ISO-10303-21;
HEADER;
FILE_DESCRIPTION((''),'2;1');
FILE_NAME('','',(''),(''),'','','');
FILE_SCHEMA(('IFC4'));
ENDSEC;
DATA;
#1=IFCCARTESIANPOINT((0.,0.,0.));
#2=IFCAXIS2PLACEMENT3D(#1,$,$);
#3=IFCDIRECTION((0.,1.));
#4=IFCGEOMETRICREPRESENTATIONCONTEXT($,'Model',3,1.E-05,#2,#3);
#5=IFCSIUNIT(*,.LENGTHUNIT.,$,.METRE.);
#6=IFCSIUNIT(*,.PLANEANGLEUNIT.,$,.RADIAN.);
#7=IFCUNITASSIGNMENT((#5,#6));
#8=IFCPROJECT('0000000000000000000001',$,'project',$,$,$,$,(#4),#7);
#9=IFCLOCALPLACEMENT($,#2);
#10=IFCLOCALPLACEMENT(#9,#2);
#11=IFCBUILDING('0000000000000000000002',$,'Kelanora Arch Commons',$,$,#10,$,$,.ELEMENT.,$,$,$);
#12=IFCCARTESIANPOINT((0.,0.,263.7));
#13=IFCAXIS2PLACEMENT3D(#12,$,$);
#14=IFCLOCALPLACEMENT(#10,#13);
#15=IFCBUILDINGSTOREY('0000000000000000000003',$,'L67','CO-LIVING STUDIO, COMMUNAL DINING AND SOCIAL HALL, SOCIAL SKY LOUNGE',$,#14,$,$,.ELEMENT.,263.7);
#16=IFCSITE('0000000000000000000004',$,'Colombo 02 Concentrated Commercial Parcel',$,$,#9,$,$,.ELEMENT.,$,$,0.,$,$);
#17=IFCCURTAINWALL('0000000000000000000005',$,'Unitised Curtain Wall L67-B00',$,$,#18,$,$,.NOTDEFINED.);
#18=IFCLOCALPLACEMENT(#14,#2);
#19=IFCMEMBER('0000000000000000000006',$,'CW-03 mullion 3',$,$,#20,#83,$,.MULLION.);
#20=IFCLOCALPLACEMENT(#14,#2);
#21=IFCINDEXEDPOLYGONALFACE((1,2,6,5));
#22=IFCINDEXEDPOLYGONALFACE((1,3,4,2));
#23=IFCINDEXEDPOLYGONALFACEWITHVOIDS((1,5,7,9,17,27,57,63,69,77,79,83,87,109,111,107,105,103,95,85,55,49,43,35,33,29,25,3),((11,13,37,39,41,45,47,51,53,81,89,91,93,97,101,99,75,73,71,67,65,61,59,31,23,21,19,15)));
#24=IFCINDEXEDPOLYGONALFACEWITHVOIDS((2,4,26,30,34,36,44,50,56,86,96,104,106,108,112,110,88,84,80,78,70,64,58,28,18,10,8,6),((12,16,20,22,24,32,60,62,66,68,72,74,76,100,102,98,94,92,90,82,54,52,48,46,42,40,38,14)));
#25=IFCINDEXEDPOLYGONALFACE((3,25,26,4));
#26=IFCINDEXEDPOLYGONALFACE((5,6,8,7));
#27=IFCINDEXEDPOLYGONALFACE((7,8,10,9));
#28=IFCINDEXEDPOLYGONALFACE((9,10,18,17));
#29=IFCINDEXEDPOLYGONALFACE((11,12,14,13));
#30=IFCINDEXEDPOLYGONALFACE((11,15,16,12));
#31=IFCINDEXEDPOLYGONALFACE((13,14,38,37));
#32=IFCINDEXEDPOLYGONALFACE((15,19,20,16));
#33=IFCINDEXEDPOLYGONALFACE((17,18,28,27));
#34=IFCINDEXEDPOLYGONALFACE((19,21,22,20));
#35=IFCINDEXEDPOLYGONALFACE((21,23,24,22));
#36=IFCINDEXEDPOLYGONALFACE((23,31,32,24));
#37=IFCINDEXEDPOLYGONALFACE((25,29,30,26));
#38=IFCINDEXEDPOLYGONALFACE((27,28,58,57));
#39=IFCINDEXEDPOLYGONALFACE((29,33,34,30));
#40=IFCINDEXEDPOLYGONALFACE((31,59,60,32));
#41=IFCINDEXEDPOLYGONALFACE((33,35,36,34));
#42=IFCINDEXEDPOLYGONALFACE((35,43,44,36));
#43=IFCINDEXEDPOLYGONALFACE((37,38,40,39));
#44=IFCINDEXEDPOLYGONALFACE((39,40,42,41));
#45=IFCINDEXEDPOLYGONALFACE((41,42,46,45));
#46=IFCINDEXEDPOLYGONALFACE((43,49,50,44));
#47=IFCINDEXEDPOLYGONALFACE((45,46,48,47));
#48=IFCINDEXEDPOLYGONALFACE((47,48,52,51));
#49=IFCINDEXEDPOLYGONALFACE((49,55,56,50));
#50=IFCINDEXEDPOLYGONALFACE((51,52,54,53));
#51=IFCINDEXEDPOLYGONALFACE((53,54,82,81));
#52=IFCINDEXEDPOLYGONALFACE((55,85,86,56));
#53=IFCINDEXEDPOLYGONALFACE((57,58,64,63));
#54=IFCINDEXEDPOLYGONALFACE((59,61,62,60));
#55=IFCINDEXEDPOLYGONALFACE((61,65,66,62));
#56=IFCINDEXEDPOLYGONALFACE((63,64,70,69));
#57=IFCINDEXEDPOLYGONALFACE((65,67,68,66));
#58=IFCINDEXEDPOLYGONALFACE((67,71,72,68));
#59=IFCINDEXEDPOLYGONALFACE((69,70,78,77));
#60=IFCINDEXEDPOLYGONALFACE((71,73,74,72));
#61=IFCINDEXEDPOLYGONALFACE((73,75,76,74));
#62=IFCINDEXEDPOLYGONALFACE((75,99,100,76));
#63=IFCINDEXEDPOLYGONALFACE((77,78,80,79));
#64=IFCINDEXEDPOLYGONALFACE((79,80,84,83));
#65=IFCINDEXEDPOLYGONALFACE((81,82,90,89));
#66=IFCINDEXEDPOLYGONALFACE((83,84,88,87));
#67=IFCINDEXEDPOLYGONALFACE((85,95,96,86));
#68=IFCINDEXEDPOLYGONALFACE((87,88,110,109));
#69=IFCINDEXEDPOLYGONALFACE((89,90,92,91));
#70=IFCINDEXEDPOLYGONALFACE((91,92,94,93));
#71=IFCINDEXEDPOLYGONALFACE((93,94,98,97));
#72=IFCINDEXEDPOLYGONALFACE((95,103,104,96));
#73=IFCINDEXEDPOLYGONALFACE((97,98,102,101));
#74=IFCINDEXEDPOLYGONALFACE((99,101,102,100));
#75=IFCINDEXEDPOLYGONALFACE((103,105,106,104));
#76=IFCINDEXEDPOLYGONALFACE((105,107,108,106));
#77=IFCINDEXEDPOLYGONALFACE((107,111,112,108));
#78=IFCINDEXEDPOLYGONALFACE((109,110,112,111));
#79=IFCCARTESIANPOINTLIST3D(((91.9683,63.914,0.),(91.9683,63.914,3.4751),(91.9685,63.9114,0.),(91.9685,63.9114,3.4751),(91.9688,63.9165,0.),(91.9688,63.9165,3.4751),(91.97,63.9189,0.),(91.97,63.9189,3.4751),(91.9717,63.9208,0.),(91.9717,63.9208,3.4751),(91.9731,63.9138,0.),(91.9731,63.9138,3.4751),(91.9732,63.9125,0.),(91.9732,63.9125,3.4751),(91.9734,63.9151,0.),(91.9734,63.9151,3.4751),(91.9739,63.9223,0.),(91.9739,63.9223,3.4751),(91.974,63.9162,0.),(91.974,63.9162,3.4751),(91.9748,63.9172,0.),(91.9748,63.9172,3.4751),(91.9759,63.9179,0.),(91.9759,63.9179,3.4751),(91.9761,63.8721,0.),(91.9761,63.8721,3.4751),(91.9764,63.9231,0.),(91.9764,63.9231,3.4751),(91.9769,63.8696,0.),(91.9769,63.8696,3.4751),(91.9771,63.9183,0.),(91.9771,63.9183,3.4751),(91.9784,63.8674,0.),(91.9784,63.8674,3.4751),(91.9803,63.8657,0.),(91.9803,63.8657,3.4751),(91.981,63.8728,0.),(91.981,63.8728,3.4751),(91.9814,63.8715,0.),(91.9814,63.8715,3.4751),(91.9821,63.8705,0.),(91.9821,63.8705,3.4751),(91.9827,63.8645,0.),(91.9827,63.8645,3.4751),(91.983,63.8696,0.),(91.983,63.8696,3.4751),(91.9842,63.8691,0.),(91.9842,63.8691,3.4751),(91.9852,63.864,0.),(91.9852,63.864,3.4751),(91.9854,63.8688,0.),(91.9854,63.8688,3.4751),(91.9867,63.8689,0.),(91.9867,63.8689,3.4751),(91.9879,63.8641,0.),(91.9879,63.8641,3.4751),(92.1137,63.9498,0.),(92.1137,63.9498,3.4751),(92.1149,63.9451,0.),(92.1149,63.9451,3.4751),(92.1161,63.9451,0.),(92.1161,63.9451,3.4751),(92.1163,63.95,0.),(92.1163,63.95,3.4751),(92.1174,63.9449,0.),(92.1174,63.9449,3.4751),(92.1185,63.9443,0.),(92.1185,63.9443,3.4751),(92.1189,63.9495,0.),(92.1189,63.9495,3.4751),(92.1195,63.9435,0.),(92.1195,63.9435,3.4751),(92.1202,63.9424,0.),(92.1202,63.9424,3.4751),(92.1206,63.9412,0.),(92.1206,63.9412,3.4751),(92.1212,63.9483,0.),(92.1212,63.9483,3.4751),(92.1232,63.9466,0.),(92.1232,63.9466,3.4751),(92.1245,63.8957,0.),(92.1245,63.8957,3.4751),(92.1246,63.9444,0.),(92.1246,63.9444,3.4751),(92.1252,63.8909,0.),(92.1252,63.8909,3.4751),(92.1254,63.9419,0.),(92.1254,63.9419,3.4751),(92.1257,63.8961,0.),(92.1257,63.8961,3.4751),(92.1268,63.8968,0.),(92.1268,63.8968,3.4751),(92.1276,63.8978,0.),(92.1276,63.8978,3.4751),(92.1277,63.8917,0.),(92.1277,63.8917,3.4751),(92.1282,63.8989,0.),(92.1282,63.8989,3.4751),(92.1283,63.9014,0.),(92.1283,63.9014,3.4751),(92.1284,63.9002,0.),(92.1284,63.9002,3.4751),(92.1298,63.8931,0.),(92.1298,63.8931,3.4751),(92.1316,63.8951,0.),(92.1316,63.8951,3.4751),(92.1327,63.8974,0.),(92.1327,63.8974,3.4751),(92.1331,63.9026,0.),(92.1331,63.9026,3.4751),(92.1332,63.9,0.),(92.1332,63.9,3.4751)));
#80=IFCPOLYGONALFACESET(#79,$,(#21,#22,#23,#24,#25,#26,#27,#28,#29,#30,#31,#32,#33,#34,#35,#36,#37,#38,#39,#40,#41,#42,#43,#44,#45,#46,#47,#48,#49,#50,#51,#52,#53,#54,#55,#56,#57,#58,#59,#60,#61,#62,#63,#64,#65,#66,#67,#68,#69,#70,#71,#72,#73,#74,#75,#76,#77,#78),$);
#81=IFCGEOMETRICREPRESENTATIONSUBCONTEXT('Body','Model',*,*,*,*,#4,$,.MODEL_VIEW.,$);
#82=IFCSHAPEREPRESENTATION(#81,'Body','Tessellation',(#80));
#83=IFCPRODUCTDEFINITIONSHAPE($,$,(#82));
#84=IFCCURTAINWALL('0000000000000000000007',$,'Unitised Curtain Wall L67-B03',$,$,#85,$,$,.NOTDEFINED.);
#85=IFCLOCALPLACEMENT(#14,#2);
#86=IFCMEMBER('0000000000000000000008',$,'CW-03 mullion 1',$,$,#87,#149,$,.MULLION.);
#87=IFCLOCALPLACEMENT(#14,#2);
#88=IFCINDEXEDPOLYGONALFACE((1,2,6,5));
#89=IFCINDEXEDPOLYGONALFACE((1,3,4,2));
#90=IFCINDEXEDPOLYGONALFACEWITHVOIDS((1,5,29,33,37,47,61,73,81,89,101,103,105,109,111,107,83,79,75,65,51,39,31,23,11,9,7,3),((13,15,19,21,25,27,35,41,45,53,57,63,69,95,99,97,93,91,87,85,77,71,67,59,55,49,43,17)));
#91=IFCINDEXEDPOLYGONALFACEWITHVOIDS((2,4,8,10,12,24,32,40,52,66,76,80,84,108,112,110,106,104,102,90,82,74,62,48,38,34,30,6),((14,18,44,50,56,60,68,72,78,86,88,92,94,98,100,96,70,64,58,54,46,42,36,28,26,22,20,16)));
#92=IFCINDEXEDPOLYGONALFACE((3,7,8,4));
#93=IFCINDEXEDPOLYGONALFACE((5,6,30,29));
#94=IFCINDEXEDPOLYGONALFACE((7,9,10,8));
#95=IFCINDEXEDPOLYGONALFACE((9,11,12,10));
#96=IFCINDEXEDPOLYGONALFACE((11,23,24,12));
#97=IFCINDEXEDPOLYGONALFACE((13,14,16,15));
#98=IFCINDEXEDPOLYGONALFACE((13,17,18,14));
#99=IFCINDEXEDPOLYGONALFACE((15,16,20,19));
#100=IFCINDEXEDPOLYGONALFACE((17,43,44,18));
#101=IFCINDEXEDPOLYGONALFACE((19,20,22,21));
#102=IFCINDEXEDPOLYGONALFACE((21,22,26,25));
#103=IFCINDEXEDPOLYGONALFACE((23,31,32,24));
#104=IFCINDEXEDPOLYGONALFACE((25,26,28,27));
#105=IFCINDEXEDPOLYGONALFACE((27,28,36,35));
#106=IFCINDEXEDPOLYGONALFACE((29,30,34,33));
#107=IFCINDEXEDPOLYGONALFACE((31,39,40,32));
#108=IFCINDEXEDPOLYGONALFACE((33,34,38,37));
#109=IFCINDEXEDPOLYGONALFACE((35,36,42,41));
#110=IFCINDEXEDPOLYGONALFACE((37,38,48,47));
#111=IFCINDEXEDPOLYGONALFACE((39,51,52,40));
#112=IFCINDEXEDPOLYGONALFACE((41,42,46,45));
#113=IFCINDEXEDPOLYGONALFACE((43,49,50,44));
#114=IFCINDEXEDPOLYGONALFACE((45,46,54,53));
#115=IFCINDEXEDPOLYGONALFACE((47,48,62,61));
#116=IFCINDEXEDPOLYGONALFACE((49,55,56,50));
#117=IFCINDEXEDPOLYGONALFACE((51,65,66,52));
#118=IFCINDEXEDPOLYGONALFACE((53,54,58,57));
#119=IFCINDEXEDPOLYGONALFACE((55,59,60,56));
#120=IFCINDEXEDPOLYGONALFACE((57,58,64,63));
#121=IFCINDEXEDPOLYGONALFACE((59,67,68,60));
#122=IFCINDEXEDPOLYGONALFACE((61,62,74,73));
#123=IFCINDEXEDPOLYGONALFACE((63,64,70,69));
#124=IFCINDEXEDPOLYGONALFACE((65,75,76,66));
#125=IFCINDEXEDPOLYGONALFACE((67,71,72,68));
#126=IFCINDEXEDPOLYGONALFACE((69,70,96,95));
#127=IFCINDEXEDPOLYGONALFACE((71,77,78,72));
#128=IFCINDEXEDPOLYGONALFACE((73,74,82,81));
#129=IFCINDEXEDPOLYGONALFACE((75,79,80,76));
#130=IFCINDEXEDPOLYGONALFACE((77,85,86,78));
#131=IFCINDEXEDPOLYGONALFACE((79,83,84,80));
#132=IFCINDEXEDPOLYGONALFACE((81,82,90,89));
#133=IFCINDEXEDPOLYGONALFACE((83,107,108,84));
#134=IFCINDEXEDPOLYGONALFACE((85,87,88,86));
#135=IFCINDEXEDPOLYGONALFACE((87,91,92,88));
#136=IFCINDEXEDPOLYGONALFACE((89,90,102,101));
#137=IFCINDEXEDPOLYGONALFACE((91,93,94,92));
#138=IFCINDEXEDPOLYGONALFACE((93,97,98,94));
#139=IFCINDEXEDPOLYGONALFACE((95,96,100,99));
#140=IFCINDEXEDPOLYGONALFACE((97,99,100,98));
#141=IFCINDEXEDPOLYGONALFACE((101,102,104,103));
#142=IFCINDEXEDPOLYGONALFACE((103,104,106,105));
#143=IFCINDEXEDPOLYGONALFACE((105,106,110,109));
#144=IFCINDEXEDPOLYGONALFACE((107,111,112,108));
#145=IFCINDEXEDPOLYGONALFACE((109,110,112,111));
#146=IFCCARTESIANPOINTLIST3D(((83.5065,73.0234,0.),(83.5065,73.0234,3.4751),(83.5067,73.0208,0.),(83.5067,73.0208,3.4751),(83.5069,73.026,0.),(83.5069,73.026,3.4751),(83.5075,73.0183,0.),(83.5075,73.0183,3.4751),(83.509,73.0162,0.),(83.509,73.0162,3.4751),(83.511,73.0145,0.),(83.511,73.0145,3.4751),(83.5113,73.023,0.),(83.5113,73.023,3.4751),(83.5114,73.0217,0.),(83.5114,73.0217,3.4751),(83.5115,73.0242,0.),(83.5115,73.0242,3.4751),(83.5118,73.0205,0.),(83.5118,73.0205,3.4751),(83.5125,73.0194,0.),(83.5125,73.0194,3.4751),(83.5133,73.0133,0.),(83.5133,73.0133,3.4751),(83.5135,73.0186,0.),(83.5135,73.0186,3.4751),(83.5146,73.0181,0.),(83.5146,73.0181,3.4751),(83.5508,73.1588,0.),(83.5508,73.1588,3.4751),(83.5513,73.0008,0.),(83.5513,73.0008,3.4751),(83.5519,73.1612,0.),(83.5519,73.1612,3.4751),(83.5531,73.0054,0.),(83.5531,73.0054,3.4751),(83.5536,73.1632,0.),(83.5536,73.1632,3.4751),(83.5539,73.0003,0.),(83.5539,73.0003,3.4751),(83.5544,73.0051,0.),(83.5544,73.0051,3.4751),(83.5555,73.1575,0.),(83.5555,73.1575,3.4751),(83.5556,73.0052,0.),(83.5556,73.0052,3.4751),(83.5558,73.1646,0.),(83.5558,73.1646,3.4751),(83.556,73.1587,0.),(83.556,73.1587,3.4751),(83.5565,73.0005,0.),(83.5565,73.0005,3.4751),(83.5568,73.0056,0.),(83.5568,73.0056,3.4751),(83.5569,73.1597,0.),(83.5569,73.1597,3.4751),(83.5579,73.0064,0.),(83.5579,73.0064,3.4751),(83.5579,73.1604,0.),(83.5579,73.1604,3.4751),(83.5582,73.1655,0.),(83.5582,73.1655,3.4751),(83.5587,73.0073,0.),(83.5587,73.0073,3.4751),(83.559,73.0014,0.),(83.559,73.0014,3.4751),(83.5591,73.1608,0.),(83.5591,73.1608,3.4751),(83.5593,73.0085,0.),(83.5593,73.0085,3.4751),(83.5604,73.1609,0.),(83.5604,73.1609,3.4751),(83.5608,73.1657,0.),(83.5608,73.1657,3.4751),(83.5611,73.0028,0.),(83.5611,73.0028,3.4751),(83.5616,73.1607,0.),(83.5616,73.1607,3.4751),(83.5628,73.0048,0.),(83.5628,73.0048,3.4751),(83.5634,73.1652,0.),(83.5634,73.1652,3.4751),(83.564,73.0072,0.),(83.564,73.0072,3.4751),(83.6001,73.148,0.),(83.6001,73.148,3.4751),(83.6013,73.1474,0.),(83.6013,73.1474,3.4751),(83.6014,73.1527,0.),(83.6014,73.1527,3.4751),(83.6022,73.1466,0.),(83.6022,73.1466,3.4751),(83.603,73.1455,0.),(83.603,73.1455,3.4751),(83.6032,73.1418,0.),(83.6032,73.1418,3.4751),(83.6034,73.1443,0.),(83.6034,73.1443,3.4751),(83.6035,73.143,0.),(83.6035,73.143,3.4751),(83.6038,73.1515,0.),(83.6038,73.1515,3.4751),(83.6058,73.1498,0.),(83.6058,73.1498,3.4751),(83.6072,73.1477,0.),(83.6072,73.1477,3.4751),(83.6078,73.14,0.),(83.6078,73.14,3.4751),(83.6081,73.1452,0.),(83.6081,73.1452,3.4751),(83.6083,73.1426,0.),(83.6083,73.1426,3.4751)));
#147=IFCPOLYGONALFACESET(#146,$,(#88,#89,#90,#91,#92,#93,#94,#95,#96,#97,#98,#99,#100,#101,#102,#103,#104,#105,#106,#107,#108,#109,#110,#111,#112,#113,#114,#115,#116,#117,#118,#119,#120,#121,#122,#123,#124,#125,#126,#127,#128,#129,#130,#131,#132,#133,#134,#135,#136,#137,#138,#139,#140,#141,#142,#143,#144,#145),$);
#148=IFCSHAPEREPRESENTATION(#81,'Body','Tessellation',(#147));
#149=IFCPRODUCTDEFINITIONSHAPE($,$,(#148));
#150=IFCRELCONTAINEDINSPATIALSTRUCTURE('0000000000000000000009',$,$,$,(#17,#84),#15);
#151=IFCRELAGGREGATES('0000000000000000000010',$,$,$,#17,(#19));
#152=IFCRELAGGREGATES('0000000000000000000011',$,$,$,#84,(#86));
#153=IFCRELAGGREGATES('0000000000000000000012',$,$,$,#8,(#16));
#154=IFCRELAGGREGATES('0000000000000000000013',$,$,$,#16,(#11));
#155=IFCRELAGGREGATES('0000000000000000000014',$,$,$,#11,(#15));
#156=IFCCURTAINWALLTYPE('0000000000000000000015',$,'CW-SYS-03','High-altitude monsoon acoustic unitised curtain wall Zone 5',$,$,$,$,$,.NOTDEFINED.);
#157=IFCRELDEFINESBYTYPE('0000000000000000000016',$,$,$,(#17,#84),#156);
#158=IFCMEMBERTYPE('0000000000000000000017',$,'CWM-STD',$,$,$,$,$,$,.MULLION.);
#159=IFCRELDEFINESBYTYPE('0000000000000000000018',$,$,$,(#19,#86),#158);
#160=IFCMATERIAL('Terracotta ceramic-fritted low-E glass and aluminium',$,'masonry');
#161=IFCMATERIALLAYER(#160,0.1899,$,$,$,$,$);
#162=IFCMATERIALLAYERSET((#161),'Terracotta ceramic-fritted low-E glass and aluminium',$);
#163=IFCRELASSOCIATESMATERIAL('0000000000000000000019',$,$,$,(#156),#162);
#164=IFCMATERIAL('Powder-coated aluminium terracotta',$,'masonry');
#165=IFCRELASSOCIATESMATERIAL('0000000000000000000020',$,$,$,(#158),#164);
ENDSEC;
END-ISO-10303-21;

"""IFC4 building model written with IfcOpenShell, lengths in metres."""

from ifc_helpers import new_model, si_unit, direction, frame, origin, origin_2d, place, context, subcontext, project, spatial, hollow_rectangle, extrude, material, layer, layer_set, material_profile, profile_set, type_object, element, aggregate, save


model = new_model("IFC4")

# Units and contexts
model_context = context("Model", 3, precision=1e-05, world=origin(), true_north=direction((0.0, 1.0)))
body_context = subcontext(model_context, "Body", "Model", "MODEL_VIEW")
ifc_project = project(units=[si_unit("LENGTHUNIT", "METRE"), si_unit("PLANEANGLEUNIT", "RADIAN")], contexts=[model_context])

# Site, building, storey
site_placement = place(None, origin())
site = spatial("IfcSite", under=ifc_project, at=site_placement, Name="Colombo 02 Concentrated Commercial Parcel", CompositionType="ELEMENT", RefElevation=0.0)
building_placement = place(site_placement, origin())
building = spatial("IfcBuilding", under=site, at=building_placement, Name="Kelanora Arch Commons", CompositionType="ELEMENT")
storey_placement = place(building_placement, frame((0.0, 0.0, 263.7)))
storey = spatial("IfcBuildingStorey", under=building, at=storey_placement, Name="L67", Description="CO-LIVING STUDIO, COMMUNAL DINING AND SOCIAL HALL, SOCIAL SKY LOUNGE", CompositionType="ELEMENT", Elevation=263.7)

# Curtain wall, member
ifc_material_1 = material(Name="Terracotta ceramic-fritted low-E glass and aluminium", Category="masonry")
ifc_layer_1 = layer(ifc_material_1, 0.1899)
ifc_layer_set_1 = layer_set([ifc_layer_1], Name="Terracotta ceramic-fritted low-E glass and aluminium")
curtain_wall_type = type_object("IfcCurtainWallType", Name="CW-SYS-03", Description="High-altitude monsoon acoustic unitised curtain wall Zone 5", PredefinedType="NOTDEFINED", material=ifc_layer_set_1)
curtain_wall_1_placement = place(storey_placement, origin())
curtain_wall_1 = element("IfcCurtainWall", 1, at=curtain_wall_1_placement, inside=storey, type_object=curtain_wall_type, Name="Unitised Curtain Wall L67-B00", PredefinedType="NOTDEFINED")
ifc_material_2 = material(Name="Powder-coated aluminium terracotta", Category="masonry")
ifc_material_profile_1 = material_profile(ifc_material_2, hollow_rectangle(XDim=0.1599, YDim=0.0601, WallThickness=0.0049, InnerFilletRadius=0.0049, OuterFilletRadius=0.01, at=origin_2d()), Name="CWM160x60")
ifc_profile_set_1 = profile_set([ifc_material_profile_1], Name="Powder-coated aluminium terracotta")
member_type_1 = type_object("IfcMemberType", Name="CWM-STD", PredefinedType="MULLION", material=ifc_profile_set_1)
member_1_placement = place(storey_placement, frame((92.0508, 63.907, 0.0), z_axis=(0.0, 0.0, 1.0), x_axis=(-0.981596, -0.190972, 0.0)))
member_1 = element("IfcMember", 2, at=member_1_placement, type_object=member_type_1, Name="CW-03 mullion 3", PredefinedType="MULLION", context=body_context, shape_type="SweptSolid", body=[
    extrude(hollow_rectangle(XDim=0.1599, YDim=0.0601, WallThickness=0.0049, InnerFilletRadius=0.0049, OuterFilletRadius=0.01, at=origin_2d()), origin(), (0.0, 0.0, 1.0), 3.4751),
])
aggregate(curtain_wall_1, [member_1])

# Curtain wall, member
curtain_wall_2_placement = place(storey_placement, origin())
curtain_wall_2 = element("IfcCurtainWall", 3, at=curtain_wall_2_placement, inside=storey, type_object=curtain_wall_type, Name="Unitised Curtain Wall L67-B03", PredefinedType="NOTDEFINED")
member_2_placement = place(storey_placement, frame((83.5574, 73.083, 0.0), z_axis=(0.0, 0.0, 1.0), x_axis=(-0.313253, -0.94967, 0.0)))
member_2 = element("IfcMember", 4, at=member_2_placement, type_object=member_type_1, Name="CW-03 mullion 1", PredefinedType="MULLION", context=body_context, shape_type="SweptSolid", body=[
    extrude(hollow_rectangle(XDim=0.1599, YDim=0.0601, WallThickness=0.0049, InnerFilletRadius=0.0049, OuterFilletRadius=0.01, at=origin_2d()), origin(), (0.0, 0.0, 1.0), 3.4751),
])
aggregate(curtain_wall_2, [member_2])

save(model, "model.ifc")
